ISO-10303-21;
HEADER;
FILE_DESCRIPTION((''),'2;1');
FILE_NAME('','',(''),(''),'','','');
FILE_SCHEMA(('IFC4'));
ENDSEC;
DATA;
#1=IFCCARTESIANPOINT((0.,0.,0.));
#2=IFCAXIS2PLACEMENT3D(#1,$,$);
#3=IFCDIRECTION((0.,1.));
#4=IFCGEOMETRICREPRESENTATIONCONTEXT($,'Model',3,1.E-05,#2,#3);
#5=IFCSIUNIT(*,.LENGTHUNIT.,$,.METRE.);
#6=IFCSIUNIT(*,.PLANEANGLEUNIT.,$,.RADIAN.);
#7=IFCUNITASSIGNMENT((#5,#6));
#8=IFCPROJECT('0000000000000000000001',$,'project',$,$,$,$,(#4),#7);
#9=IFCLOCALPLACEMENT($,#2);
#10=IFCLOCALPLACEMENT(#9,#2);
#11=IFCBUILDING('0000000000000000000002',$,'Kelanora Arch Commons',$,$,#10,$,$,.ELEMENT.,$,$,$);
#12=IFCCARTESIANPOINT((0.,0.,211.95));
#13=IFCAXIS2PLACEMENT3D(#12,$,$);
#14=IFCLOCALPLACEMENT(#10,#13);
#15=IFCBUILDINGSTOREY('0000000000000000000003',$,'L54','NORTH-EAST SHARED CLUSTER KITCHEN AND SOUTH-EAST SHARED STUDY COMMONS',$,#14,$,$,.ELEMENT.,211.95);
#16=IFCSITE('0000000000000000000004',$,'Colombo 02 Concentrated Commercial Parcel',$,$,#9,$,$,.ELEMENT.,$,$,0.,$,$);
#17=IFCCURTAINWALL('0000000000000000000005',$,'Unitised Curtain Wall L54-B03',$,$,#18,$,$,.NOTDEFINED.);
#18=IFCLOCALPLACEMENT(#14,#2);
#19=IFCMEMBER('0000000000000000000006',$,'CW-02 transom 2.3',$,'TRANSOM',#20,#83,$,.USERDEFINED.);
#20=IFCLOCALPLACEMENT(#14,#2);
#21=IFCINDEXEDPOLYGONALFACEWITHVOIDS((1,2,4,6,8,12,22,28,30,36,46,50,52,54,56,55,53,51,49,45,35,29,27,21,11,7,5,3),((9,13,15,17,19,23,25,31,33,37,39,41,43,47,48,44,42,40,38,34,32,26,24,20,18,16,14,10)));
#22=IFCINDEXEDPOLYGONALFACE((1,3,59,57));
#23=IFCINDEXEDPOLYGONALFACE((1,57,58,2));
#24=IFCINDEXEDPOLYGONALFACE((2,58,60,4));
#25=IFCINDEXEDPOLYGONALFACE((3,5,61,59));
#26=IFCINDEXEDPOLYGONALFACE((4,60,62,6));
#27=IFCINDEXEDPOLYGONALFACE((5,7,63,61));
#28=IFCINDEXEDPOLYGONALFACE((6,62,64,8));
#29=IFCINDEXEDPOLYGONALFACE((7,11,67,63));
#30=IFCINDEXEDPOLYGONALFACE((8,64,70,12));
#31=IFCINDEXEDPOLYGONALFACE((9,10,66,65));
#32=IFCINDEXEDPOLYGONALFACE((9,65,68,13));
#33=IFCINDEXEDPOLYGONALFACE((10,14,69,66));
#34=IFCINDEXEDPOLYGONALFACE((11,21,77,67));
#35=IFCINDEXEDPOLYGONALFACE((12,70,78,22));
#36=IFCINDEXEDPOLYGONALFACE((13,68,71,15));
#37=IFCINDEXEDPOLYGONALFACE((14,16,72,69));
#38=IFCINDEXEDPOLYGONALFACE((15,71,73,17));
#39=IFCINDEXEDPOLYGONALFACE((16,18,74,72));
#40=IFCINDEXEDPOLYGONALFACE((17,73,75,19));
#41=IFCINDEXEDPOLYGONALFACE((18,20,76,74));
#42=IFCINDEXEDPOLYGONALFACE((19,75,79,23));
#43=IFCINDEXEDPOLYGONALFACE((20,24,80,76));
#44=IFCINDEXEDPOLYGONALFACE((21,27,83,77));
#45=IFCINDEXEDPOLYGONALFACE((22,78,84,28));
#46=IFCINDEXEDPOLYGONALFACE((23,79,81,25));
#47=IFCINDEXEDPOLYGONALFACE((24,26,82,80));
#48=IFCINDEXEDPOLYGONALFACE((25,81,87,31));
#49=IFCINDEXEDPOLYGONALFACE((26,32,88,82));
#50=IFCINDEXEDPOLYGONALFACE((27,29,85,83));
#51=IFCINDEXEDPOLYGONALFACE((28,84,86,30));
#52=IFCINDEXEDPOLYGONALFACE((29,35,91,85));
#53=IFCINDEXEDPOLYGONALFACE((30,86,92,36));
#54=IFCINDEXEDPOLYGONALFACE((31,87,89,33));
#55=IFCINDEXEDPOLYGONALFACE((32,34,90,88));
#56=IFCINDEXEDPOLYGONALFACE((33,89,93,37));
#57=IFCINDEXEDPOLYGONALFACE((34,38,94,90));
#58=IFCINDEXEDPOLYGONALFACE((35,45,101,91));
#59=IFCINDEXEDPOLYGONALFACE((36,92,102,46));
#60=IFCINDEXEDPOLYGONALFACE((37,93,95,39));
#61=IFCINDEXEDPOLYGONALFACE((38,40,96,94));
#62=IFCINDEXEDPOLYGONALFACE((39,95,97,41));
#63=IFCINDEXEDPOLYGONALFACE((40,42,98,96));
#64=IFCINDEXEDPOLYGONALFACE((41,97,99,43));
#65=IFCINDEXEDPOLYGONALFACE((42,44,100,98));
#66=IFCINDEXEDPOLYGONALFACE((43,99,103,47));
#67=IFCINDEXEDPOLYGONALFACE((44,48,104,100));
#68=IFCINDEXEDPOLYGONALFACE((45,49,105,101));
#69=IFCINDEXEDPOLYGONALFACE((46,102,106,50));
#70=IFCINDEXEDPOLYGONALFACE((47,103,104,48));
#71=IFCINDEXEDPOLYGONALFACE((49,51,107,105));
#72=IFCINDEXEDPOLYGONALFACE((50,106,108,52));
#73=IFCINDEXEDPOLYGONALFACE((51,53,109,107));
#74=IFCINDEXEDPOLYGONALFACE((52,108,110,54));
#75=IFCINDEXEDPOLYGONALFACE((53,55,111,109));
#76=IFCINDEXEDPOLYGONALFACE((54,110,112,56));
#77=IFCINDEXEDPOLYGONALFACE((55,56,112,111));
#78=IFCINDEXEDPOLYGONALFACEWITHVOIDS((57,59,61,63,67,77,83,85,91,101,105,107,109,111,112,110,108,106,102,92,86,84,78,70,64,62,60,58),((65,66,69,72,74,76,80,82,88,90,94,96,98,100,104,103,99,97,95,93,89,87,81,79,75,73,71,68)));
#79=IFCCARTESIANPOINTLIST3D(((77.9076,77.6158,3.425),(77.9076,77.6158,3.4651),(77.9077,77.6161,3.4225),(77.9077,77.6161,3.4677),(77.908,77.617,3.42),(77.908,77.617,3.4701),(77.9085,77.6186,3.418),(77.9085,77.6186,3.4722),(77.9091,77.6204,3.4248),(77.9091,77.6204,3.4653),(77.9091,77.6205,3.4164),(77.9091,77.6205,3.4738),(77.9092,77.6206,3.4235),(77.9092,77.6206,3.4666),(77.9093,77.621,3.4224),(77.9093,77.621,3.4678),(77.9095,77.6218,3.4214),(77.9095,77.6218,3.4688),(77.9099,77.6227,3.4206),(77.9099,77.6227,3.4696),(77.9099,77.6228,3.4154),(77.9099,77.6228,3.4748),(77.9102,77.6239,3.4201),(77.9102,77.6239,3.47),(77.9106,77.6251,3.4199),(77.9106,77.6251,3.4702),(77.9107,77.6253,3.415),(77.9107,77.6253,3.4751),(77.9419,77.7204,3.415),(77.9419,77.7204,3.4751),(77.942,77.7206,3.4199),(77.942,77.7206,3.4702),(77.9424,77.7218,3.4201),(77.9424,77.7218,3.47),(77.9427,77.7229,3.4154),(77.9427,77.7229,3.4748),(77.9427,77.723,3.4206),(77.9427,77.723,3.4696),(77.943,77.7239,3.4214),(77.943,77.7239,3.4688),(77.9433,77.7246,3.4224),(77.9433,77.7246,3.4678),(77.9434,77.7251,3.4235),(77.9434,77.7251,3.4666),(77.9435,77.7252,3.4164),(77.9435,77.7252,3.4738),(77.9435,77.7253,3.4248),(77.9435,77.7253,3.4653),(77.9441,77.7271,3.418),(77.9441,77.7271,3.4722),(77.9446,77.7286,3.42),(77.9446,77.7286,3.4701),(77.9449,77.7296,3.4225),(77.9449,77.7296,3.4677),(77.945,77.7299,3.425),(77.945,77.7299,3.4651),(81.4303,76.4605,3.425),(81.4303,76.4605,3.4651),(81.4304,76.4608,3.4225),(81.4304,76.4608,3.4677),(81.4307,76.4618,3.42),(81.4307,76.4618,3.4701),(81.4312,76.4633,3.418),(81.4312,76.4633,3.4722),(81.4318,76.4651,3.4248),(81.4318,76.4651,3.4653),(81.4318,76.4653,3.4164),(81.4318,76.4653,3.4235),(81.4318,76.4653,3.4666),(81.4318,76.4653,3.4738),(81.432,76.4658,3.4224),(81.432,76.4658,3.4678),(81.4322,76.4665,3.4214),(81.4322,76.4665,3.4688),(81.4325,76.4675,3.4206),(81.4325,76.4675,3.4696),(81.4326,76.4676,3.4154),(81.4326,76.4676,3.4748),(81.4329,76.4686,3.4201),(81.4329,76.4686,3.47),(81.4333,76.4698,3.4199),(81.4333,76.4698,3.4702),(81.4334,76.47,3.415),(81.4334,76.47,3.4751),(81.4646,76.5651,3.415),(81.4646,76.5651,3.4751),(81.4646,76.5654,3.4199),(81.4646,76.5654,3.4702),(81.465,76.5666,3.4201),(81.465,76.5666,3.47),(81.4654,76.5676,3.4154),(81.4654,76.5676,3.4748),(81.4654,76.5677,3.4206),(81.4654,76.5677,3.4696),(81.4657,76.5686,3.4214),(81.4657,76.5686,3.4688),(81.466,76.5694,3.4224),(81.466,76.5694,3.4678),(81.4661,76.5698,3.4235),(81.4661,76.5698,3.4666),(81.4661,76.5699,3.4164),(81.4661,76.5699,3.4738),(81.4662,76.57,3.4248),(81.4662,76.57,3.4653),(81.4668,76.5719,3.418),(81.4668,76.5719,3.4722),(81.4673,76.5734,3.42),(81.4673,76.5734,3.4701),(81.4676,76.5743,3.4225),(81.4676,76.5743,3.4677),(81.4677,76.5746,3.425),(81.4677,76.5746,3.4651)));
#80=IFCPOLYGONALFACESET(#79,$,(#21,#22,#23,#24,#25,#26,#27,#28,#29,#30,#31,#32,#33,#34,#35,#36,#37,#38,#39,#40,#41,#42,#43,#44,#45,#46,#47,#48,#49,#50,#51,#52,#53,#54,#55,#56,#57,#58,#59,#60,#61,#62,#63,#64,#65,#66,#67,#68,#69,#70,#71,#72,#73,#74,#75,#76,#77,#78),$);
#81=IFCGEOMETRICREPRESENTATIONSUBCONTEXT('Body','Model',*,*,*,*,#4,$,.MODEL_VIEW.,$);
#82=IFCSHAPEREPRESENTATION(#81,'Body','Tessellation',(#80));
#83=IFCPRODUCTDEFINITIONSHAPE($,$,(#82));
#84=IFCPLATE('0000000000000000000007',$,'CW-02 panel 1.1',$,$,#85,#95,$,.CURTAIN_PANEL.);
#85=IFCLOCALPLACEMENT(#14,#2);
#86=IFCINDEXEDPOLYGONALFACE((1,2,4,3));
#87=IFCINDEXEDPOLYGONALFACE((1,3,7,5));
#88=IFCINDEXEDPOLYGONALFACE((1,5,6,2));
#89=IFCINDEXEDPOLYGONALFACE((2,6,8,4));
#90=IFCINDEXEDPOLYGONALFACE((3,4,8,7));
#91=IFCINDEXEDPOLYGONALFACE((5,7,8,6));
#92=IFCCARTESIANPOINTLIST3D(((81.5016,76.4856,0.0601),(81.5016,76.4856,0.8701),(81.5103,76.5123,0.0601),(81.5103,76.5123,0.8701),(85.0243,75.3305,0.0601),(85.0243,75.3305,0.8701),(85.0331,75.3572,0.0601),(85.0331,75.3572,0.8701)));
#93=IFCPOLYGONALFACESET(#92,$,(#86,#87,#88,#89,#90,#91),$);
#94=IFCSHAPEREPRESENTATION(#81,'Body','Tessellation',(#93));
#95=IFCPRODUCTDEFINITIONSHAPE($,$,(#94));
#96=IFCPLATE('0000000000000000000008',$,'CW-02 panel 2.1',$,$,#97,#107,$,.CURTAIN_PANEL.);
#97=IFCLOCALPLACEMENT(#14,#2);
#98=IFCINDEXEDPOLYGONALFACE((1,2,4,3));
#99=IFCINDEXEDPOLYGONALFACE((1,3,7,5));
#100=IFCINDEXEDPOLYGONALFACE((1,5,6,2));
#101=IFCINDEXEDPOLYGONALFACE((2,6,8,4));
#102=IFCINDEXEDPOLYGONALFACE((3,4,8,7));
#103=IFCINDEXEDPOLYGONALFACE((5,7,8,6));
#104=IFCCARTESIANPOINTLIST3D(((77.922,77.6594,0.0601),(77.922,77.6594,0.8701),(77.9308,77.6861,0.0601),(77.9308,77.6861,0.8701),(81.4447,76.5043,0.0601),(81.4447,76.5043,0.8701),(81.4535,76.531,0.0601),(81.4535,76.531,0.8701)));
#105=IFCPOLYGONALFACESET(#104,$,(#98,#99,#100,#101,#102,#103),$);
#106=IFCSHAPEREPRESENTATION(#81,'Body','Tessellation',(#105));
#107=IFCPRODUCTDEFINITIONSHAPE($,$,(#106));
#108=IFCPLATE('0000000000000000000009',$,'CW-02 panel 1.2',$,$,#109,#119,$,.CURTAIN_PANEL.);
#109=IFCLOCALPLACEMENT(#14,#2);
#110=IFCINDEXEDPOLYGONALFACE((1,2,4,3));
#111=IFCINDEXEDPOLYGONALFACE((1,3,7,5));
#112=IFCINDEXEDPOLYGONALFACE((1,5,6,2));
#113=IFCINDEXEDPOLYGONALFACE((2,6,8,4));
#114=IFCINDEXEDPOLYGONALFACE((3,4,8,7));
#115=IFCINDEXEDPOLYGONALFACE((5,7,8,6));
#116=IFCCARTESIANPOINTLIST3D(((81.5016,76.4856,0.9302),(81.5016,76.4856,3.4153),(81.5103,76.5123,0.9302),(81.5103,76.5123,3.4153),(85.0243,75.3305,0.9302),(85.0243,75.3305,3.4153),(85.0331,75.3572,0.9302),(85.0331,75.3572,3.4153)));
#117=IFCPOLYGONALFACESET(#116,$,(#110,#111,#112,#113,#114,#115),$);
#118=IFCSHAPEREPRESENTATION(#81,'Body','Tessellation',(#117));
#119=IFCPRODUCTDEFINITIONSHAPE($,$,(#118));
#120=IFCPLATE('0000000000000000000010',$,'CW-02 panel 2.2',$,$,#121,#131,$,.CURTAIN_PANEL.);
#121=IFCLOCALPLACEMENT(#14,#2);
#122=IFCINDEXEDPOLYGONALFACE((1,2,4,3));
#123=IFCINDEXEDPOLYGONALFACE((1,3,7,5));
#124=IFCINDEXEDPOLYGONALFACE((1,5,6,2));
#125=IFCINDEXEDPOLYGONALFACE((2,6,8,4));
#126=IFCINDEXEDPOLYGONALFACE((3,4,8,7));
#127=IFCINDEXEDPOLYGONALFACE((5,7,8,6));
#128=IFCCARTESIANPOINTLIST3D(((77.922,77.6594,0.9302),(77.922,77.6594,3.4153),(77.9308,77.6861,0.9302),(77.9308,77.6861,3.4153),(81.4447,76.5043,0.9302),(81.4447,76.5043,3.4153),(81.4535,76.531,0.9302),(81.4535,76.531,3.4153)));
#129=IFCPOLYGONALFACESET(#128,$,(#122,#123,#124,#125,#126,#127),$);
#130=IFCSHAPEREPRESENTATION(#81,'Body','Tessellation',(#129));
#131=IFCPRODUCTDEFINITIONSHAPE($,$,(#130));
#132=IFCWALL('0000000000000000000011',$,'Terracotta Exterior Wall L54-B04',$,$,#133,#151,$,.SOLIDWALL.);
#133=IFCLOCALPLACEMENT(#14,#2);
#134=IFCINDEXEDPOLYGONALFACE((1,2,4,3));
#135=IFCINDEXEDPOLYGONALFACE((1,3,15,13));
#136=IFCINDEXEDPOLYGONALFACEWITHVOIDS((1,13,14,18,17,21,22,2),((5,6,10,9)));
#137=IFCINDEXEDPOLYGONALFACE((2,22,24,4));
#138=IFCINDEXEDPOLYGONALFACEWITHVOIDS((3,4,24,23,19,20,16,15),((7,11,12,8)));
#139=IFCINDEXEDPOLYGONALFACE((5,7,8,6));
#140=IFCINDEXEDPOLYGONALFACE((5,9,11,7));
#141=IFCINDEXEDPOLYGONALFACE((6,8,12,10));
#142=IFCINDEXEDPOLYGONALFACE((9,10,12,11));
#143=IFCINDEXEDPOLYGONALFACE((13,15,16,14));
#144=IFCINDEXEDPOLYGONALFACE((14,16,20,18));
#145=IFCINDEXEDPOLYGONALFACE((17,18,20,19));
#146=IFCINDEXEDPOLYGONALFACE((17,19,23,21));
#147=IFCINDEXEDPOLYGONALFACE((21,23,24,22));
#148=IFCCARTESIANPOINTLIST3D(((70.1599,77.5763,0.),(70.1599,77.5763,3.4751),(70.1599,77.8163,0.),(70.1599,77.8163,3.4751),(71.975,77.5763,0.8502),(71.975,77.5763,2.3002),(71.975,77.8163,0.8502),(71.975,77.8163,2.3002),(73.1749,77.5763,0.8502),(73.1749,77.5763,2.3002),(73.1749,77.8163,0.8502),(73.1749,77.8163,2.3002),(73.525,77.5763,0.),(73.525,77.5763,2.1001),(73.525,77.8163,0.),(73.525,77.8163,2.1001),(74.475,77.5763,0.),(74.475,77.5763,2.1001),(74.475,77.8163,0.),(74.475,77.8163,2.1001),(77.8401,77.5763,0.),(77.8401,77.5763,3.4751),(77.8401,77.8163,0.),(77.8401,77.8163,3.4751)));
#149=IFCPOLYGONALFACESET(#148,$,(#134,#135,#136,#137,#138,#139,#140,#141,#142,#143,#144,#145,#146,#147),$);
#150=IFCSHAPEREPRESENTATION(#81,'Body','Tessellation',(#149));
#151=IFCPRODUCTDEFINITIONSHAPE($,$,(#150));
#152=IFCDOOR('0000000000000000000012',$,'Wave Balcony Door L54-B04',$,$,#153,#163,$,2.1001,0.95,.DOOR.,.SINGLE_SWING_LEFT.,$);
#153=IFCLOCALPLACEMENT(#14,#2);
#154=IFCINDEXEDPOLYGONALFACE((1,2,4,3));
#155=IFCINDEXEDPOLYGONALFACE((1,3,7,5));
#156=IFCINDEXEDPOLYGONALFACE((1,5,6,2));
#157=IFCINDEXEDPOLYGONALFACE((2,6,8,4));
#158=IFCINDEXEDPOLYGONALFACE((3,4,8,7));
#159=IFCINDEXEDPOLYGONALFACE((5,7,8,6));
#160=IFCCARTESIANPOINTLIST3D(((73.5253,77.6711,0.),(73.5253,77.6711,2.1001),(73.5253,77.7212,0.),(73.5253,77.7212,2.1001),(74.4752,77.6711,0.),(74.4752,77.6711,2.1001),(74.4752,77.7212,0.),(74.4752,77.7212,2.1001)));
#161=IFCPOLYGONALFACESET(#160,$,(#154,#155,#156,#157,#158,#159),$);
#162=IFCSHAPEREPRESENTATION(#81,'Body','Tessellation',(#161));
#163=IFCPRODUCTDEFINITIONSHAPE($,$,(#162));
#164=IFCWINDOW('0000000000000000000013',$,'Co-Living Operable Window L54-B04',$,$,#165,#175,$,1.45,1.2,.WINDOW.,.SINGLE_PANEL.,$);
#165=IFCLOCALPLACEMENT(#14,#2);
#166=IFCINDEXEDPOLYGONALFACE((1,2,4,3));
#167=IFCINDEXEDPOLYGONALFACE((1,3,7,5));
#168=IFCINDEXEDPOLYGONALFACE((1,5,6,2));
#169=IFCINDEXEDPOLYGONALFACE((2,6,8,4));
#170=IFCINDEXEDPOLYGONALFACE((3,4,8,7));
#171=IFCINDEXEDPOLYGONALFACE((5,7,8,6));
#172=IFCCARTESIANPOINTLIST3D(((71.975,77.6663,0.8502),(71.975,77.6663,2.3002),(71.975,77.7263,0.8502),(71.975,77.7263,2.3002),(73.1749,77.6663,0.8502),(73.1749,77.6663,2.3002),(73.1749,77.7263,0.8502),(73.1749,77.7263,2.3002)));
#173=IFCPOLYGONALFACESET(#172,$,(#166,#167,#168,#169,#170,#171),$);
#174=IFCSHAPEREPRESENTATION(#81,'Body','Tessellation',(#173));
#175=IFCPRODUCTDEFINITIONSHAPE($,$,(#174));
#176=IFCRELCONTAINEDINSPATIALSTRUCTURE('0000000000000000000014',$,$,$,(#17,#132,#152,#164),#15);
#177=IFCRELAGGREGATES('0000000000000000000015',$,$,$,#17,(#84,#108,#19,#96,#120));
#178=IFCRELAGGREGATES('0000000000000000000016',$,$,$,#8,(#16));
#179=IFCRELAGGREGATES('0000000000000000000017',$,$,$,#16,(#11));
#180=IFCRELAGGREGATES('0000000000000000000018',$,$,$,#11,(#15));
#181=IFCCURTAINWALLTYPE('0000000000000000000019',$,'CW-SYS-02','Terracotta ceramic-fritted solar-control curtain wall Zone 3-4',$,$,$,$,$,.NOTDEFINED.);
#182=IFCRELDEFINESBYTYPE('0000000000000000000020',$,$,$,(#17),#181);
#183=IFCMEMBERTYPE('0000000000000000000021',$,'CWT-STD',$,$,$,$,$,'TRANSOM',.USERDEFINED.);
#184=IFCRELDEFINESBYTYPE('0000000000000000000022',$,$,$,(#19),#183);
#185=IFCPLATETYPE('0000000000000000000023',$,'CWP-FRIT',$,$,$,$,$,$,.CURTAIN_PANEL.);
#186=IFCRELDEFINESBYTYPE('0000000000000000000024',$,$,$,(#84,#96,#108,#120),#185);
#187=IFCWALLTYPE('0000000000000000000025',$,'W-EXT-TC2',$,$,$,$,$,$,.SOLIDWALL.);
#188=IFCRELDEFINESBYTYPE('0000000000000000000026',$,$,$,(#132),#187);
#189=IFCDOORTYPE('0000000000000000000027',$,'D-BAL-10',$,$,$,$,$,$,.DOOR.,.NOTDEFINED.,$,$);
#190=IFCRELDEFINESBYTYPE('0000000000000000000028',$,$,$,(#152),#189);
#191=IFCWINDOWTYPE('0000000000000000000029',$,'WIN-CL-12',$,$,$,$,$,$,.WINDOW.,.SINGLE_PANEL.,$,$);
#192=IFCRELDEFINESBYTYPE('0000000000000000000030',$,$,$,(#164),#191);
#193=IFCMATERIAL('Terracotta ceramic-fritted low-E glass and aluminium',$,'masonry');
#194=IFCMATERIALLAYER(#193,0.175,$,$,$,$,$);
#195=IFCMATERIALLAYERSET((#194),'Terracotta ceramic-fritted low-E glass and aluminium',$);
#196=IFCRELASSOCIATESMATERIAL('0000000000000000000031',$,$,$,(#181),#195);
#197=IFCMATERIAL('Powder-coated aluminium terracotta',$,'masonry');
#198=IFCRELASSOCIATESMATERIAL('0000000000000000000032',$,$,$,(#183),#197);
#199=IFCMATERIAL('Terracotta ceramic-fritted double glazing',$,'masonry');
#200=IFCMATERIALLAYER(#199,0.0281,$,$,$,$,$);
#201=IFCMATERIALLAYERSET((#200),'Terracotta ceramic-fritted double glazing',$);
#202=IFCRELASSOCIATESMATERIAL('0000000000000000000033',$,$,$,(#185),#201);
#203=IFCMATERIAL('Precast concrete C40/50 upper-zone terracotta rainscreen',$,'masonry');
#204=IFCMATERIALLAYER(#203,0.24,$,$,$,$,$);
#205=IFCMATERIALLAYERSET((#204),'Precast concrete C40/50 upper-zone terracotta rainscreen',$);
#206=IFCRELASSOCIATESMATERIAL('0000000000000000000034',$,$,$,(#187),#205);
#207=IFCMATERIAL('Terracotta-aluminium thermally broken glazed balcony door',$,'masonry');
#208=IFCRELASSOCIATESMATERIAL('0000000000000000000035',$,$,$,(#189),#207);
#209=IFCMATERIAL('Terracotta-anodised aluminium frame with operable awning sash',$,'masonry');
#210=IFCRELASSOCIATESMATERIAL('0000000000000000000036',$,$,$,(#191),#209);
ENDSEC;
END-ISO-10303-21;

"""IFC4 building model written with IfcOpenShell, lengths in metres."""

from ifc_helpers import new_model, si_unit, direction, frame, frame_2d, origin, origin_2d, place, context, subcontext, project, spatial, rectangle, hollow_rectangle, extrude, source, transform, mapped, material, layer, layer_set, material_profile, profile_set, type_object, element, fill, aggregate, save


model = new_model("IFC4")

# Units and contexts
model_context = context("Model", 3, precision=1e-05, world=origin(), true_north=direction((0.0, 1.0)))
body_context = subcontext(model_context, "Body", "Model", "MODEL_VIEW")
ifc_project = project(units=[si_unit("LENGTHUNIT", "METRE"), si_unit("PLANEANGLEUNIT", "RADIAN")], contexts=[model_context])

# Site, building, storey
site_placement = place(None, origin())
site = spatial("IfcSite", under=ifc_project, at=site_placement, Name="Colombo 02 Concentrated Commercial Parcel", CompositionType="ELEMENT", RefElevation=0.0)
building_placement = place(site_placement, origin())
building = spatial("IfcBuilding", under=site, at=building_placement, Name="Kelanora Arch Commons", CompositionType="ELEMENT")
storey_placement = place(building_placement, frame((0.0, 0.0, 211.95)))
storey = spatial("IfcBuildingStorey", under=building, at=storey_placement, Name="L54", Description="NORTH-EAST SHARED CLUSTER KITCHEN AND SOUTH-EAST SHARED STUDY COMMONS", CompositionType="ELEMENT", Elevation=211.95)

# Curtain wall, member, plates
ifc_material_1 = material(Name="Terracotta ceramic-fritted low-E glass and aluminium", Category="masonry")
ifc_layer_1 = layer(ifc_material_1, 0.175)
ifc_layer_set_1 = layer_set([ifc_layer_1], Name="Terracotta ceramic-fritted low-E glass and aluminium")
curtain_wall_type = type_object("IfcCurtainWallType", Name="CW-SYS-02", Description="Terracotta ceramic-fritted solar-control curtain wall Zone 3-4", PredefinedType="NOTDEFINED", material=ifc_layer_set_1)
curtain_wall_placement = place(storey_placement, origin())
curtain_wall = element("IfcCurtainWall", 1, at=curtain_wall_placement, inside=storey, type_object=curtain_wall_type, Name="Unitised Curtain Wall L54-B03", PredefinedType="NOTDEFINED")
ifc_material_2 = material(Name="Powder-coated aluminium terracotta", Category="masonry")
ifc_material_profile_1 = material_profile(ifc_material_2, hollow_rectangle(XDim=0.1201, YDim=0.0601, WallThickness=0.0049, InnerFilletRadius=0.0049, OuterFilletRadius=0.01, at=origin_2d()), Name="CWT120x60")
ifc_profile_set_1 = profile_set([ifc_material_profile_1], Name="Powder-coated aluminium terracotta")
member_type_1 = type_object("IfcMemberType", Name="CWT-STD", ElementType="TRANSOM", PredefinedType="USERDEFINED", material=ifc_profile_set_1)
member_1_placement = place(storey_placement, frame((81.449, 76.5176, 3.4451), z_axis=(-0.950207, 0.311621, 0.0), x_axis=(-0.311621, -0.950207, 0.0)))
member_1 = element("IfcMember", 2, at=member_1_placement, type_object=member_type_1, Name="CW-02 transom 2.3", ObjectType="TRANSOM", PredefinedType="USERDEFINED", context=body_context, shape_type="SweptSolid", body=[
    extrude(hollow_rectangle(XDim=0.1201, YDim=0.0601, WallThickness=0.0049, InnerFilletRadius=0.0049, OuterFilletRadius=0.01, at=origin_2d()), origin(), (0.0, 0.0, 1.0), 3.7073),
])
ifc_material_3 = material(Name="Terracotta ceramic-fritted double glazing", Category="masonry")
ifc_layer_2 = layer(ifc_material_3, 0.0281)
ifc_layer_set_2 = layer_set([ifc_layer_2], Name="Terracotta ceramic-fritted double glazing")
plate_type = type_object("IfcPlateType", Name="CWP-FRIT", PredefinedType="CURTAIN_PANEL", material=ifc_layer_set_2)
shared_shape_1 = source(origin(), body_context, "Body", "SweptSolid", [
    extrude(rectangle(XDim=3.7073, YDim=0.0281, at=origin_2d()), origin(), (0.0, 0.0, 1.0), 0.8101),
])
plate_1_placement = place(storey_placement, frame((83.2673, 75.9214, 0.0601), z_axis=(0.0, 0.0, 1.0), x_axis=(-0.950219, 0.311582, 0.0)))
plate_1 = element("IfcPlate", 3, at=plate_1_placement, type_object=plate_type, Name="CW-02 panel 1.1", PredefinedType="CURTAIN_PANEL", context=body_context, shape_type="MappedRepresentation", body=[
    mapped(shared_shape_1, transform((0.0, 0.0, 0.0), scale=1.0)),
])
plate_2_placement = place(storey_placement, frame((79.6877, 77.0952, 0.0601), z_axis=(0.0, 0.0, 1.0), x_axis=(-0.950219, 0.311582, 0.0)))
plate_2 = element("IfcPlate", 4, at=plate_2_placement, type_object=plate_type, Name="CW-02 panel 2.1", PredefinedType="CURTAIN_PANEL", context=body_context, shape_type="MappedRepresentation", body=[
    mapped(shared_shape_1, transform((0.0, 0.0, 0.0), scale=1.0)),
])
shared_shape_2 = source(origin(), body_context, "Body", "SweptSolid", [
    extrude(rectangle(XDim=3.7073, YDim=0.0281, at=origin_2d()), origin(), (0.0, 0.0, 1.0), 2.4851),
])
plate_3_placement = place(storey_placement, frame((83.2673, 75.9214, 0.9302), z_axis=(0.0, 0.0, 1.0), x_axis=(-0.950219, 0.311582, 0.0)))
plate_3 = element("IfcPlate", 5, at=plate_3_placement, type_object=plate_type, Name="CW-02 panel 1.2", PredefinedType="CURTAIN_PANEL", context=body_context, shape_type="MappedRepresentation", body=[
    mapped(shared_shape_2, transform((0.0, 0.0, 0.0), scale=1.0)),
])
plate_4_placement = place(storey_placement, frame((79.6877, 77.0952, 0.9302), z_axis=(0.0, 0.0, 1.0), x_axis=(-0.950219, 0.311582, 0.0)))
plate_4 = element("IfcPlate", 6, at=plate_4_placement, type_object=plate_type, Name="CW-02 panel 2.2", PredefinedType="CURTAIN_PANEL", context=body_context, shape_type="MappedRepresentation", body=[
    mapped(shared_shape_2, transform((0.0, 0.0, 0.0), scale=1.0)),
])
aggregate(curtain_wall, [plate_1, plate_3, member_1, plate_2, plate_4])

# Wall, openings, door, window
ifc_material_4 = material(Name="Precast concrete C40/50 upper-zone terracotta rainscreen", Category="masonry")
ifc_layer_3 = layer(ifc_material_4, 0.24)
ifc_layer_set_3 = layer_set([ifc_layer_3], Name="Precast concrete C40/50 upper-zone terracotta rainscreen")
wall_type_1 = type_object("IfcWallType", Name="W-EXT-TC2", PredefinedType="SOLIDWALL", material=ifc_layer_set_3)
wall_1_placement = place(storey_placement, frame((77.8401, 77.6963, 0.0), z_axis=(0.0, 0.0, 1.0), x_axis=(-1.0, 0.0, 0.0)))
wall_1 = element("IfcWall", 7, at=wall_1_placement, inside=storey, type_object=wall_type_1, Name="Terracotta Exterior Wall L54-B04", PredefinedType="SOLIDWALL", context=body_context, shape_type="SweptSolid", body=[
    extrude(rectangle(XDim=7.6802, YDim=0.24, at=frame_2d((3.8401, 0.0))), origin(), (0.0, 0.0, 1.0), 3.4751),
])
opening_1_placement = place(wall_1_placement, frame((3.365, 0.0, 0.0)))
opening_1 = element("IfcOpeningElement", 8, at=opening_1_placement, cuts=wall_1, PredefinedType="OPENING", context=body_context, shape_type="SweptSolid", body=[
    extrude(rectangle(XDim=0.95, YDim=2.1001, at=frame_2d((0.4751, 1.05))), frame((0.0, 0.1299, 0.0), z_axis=(0.0, -1.0, 0.0), x_axis=(1.0, 0.0, 0.0)), (0.0, 0.0, 1.0), 0.26),
])
opening_2_placement = place(wall_1_placement, frame((4.665, 0.0, 0.8501)))
opening_2 = element("IfcOpeningElement", 9, at=opening_2_placement, cuts=wall_1, PredefinedType="OPENING", context=body_context, shape_type="SweptSolid", body=[
    extrude(rectangle(XDim=1.2, YDim=1.45, at=frame_2d((0.6001, 0.7251))), frame((0.0, 0.1299, 0.0), z_axis=(0.0, -1.0, 0.0), x_axis=(1.0, 0.0, 0.0)), (0.0, 0.0, 1.0), 0.26),
])
ifc_material_5 = material(Name="Terracotta-aluminium thermally broken glazed balcony door", Category="masonry")
door_type_1 = type_object("IfcDoorType", Name="D-BAL-10", OperationType="NOTDEFINED", PredefinedType="DOOR", material=ifc_material_5)
door_1_placement = place(opening_1_placement, frame((0.95, 0.0, 0.0), z_axis=(0.0, 0.0, 1.0), x_axis=(-1.0, 0.0, 0.0)))
door_1 = element("IfcDoor", 10, at=door_1_placement, inside=storey, type_object=door_type_1, Name="Wave Balcony Door L54-B04", OperationType="SINGLE_SWING_LEFT", OverallHeight=2.1001, OverallWidth=0.95, PredefinedType="DOOR", context=body_context, shape_type="SweptSolid", body=[
    extrude(rectangle(XDim=0.95, YDim=2.1001, at=frame_2d((0.4751, 1.05))), frame((0.0, 0.0249, 0.0), z_axis=(0.0, -1.0, 0.0), x_axis=(1.0, 0.0, 0.0)), (0.0, 0.0, 1.0), 0.05),
])
fill(opening_1, door_1)
ifc_material_6 = material(Name="Terracotta-anodised aluminium frame with operable awning sash", Category="masonry")
window_type = type_object("IfcWindowType", Name="WIN-CL-12", PartitioningType="SINGLE_PANEL", PredefinedType="WINDOW", material=ifc_material_6)
window_placement = place(opening_2_placement, origin())
window = element("IfcWindow", 11, at=window_placement, inside=storey, type_object=window_type, Name="Co-Living Operable Window L54-B04", OverallHeight=1.45, OverallWidth=1.2, PartitioningType="SINGLE_PANEL", PredefinedType="WINDOW", context=body_context, shape_type="SweptSolid", body=[
    extrude(rectangle(XDim=1.2, YDim=1.45, at=frame_2d((0.6001, 0.7251))), frame((0.0, 0.03, 0.0), z_axis=(0.0, -1.0, 0.0), x_axis=(1.0, 0.0, 0.0)), (0.0, 0.0, 1.0), 0.0601),
])
fill(opening_2, window)

save(model, "model.ifc")
